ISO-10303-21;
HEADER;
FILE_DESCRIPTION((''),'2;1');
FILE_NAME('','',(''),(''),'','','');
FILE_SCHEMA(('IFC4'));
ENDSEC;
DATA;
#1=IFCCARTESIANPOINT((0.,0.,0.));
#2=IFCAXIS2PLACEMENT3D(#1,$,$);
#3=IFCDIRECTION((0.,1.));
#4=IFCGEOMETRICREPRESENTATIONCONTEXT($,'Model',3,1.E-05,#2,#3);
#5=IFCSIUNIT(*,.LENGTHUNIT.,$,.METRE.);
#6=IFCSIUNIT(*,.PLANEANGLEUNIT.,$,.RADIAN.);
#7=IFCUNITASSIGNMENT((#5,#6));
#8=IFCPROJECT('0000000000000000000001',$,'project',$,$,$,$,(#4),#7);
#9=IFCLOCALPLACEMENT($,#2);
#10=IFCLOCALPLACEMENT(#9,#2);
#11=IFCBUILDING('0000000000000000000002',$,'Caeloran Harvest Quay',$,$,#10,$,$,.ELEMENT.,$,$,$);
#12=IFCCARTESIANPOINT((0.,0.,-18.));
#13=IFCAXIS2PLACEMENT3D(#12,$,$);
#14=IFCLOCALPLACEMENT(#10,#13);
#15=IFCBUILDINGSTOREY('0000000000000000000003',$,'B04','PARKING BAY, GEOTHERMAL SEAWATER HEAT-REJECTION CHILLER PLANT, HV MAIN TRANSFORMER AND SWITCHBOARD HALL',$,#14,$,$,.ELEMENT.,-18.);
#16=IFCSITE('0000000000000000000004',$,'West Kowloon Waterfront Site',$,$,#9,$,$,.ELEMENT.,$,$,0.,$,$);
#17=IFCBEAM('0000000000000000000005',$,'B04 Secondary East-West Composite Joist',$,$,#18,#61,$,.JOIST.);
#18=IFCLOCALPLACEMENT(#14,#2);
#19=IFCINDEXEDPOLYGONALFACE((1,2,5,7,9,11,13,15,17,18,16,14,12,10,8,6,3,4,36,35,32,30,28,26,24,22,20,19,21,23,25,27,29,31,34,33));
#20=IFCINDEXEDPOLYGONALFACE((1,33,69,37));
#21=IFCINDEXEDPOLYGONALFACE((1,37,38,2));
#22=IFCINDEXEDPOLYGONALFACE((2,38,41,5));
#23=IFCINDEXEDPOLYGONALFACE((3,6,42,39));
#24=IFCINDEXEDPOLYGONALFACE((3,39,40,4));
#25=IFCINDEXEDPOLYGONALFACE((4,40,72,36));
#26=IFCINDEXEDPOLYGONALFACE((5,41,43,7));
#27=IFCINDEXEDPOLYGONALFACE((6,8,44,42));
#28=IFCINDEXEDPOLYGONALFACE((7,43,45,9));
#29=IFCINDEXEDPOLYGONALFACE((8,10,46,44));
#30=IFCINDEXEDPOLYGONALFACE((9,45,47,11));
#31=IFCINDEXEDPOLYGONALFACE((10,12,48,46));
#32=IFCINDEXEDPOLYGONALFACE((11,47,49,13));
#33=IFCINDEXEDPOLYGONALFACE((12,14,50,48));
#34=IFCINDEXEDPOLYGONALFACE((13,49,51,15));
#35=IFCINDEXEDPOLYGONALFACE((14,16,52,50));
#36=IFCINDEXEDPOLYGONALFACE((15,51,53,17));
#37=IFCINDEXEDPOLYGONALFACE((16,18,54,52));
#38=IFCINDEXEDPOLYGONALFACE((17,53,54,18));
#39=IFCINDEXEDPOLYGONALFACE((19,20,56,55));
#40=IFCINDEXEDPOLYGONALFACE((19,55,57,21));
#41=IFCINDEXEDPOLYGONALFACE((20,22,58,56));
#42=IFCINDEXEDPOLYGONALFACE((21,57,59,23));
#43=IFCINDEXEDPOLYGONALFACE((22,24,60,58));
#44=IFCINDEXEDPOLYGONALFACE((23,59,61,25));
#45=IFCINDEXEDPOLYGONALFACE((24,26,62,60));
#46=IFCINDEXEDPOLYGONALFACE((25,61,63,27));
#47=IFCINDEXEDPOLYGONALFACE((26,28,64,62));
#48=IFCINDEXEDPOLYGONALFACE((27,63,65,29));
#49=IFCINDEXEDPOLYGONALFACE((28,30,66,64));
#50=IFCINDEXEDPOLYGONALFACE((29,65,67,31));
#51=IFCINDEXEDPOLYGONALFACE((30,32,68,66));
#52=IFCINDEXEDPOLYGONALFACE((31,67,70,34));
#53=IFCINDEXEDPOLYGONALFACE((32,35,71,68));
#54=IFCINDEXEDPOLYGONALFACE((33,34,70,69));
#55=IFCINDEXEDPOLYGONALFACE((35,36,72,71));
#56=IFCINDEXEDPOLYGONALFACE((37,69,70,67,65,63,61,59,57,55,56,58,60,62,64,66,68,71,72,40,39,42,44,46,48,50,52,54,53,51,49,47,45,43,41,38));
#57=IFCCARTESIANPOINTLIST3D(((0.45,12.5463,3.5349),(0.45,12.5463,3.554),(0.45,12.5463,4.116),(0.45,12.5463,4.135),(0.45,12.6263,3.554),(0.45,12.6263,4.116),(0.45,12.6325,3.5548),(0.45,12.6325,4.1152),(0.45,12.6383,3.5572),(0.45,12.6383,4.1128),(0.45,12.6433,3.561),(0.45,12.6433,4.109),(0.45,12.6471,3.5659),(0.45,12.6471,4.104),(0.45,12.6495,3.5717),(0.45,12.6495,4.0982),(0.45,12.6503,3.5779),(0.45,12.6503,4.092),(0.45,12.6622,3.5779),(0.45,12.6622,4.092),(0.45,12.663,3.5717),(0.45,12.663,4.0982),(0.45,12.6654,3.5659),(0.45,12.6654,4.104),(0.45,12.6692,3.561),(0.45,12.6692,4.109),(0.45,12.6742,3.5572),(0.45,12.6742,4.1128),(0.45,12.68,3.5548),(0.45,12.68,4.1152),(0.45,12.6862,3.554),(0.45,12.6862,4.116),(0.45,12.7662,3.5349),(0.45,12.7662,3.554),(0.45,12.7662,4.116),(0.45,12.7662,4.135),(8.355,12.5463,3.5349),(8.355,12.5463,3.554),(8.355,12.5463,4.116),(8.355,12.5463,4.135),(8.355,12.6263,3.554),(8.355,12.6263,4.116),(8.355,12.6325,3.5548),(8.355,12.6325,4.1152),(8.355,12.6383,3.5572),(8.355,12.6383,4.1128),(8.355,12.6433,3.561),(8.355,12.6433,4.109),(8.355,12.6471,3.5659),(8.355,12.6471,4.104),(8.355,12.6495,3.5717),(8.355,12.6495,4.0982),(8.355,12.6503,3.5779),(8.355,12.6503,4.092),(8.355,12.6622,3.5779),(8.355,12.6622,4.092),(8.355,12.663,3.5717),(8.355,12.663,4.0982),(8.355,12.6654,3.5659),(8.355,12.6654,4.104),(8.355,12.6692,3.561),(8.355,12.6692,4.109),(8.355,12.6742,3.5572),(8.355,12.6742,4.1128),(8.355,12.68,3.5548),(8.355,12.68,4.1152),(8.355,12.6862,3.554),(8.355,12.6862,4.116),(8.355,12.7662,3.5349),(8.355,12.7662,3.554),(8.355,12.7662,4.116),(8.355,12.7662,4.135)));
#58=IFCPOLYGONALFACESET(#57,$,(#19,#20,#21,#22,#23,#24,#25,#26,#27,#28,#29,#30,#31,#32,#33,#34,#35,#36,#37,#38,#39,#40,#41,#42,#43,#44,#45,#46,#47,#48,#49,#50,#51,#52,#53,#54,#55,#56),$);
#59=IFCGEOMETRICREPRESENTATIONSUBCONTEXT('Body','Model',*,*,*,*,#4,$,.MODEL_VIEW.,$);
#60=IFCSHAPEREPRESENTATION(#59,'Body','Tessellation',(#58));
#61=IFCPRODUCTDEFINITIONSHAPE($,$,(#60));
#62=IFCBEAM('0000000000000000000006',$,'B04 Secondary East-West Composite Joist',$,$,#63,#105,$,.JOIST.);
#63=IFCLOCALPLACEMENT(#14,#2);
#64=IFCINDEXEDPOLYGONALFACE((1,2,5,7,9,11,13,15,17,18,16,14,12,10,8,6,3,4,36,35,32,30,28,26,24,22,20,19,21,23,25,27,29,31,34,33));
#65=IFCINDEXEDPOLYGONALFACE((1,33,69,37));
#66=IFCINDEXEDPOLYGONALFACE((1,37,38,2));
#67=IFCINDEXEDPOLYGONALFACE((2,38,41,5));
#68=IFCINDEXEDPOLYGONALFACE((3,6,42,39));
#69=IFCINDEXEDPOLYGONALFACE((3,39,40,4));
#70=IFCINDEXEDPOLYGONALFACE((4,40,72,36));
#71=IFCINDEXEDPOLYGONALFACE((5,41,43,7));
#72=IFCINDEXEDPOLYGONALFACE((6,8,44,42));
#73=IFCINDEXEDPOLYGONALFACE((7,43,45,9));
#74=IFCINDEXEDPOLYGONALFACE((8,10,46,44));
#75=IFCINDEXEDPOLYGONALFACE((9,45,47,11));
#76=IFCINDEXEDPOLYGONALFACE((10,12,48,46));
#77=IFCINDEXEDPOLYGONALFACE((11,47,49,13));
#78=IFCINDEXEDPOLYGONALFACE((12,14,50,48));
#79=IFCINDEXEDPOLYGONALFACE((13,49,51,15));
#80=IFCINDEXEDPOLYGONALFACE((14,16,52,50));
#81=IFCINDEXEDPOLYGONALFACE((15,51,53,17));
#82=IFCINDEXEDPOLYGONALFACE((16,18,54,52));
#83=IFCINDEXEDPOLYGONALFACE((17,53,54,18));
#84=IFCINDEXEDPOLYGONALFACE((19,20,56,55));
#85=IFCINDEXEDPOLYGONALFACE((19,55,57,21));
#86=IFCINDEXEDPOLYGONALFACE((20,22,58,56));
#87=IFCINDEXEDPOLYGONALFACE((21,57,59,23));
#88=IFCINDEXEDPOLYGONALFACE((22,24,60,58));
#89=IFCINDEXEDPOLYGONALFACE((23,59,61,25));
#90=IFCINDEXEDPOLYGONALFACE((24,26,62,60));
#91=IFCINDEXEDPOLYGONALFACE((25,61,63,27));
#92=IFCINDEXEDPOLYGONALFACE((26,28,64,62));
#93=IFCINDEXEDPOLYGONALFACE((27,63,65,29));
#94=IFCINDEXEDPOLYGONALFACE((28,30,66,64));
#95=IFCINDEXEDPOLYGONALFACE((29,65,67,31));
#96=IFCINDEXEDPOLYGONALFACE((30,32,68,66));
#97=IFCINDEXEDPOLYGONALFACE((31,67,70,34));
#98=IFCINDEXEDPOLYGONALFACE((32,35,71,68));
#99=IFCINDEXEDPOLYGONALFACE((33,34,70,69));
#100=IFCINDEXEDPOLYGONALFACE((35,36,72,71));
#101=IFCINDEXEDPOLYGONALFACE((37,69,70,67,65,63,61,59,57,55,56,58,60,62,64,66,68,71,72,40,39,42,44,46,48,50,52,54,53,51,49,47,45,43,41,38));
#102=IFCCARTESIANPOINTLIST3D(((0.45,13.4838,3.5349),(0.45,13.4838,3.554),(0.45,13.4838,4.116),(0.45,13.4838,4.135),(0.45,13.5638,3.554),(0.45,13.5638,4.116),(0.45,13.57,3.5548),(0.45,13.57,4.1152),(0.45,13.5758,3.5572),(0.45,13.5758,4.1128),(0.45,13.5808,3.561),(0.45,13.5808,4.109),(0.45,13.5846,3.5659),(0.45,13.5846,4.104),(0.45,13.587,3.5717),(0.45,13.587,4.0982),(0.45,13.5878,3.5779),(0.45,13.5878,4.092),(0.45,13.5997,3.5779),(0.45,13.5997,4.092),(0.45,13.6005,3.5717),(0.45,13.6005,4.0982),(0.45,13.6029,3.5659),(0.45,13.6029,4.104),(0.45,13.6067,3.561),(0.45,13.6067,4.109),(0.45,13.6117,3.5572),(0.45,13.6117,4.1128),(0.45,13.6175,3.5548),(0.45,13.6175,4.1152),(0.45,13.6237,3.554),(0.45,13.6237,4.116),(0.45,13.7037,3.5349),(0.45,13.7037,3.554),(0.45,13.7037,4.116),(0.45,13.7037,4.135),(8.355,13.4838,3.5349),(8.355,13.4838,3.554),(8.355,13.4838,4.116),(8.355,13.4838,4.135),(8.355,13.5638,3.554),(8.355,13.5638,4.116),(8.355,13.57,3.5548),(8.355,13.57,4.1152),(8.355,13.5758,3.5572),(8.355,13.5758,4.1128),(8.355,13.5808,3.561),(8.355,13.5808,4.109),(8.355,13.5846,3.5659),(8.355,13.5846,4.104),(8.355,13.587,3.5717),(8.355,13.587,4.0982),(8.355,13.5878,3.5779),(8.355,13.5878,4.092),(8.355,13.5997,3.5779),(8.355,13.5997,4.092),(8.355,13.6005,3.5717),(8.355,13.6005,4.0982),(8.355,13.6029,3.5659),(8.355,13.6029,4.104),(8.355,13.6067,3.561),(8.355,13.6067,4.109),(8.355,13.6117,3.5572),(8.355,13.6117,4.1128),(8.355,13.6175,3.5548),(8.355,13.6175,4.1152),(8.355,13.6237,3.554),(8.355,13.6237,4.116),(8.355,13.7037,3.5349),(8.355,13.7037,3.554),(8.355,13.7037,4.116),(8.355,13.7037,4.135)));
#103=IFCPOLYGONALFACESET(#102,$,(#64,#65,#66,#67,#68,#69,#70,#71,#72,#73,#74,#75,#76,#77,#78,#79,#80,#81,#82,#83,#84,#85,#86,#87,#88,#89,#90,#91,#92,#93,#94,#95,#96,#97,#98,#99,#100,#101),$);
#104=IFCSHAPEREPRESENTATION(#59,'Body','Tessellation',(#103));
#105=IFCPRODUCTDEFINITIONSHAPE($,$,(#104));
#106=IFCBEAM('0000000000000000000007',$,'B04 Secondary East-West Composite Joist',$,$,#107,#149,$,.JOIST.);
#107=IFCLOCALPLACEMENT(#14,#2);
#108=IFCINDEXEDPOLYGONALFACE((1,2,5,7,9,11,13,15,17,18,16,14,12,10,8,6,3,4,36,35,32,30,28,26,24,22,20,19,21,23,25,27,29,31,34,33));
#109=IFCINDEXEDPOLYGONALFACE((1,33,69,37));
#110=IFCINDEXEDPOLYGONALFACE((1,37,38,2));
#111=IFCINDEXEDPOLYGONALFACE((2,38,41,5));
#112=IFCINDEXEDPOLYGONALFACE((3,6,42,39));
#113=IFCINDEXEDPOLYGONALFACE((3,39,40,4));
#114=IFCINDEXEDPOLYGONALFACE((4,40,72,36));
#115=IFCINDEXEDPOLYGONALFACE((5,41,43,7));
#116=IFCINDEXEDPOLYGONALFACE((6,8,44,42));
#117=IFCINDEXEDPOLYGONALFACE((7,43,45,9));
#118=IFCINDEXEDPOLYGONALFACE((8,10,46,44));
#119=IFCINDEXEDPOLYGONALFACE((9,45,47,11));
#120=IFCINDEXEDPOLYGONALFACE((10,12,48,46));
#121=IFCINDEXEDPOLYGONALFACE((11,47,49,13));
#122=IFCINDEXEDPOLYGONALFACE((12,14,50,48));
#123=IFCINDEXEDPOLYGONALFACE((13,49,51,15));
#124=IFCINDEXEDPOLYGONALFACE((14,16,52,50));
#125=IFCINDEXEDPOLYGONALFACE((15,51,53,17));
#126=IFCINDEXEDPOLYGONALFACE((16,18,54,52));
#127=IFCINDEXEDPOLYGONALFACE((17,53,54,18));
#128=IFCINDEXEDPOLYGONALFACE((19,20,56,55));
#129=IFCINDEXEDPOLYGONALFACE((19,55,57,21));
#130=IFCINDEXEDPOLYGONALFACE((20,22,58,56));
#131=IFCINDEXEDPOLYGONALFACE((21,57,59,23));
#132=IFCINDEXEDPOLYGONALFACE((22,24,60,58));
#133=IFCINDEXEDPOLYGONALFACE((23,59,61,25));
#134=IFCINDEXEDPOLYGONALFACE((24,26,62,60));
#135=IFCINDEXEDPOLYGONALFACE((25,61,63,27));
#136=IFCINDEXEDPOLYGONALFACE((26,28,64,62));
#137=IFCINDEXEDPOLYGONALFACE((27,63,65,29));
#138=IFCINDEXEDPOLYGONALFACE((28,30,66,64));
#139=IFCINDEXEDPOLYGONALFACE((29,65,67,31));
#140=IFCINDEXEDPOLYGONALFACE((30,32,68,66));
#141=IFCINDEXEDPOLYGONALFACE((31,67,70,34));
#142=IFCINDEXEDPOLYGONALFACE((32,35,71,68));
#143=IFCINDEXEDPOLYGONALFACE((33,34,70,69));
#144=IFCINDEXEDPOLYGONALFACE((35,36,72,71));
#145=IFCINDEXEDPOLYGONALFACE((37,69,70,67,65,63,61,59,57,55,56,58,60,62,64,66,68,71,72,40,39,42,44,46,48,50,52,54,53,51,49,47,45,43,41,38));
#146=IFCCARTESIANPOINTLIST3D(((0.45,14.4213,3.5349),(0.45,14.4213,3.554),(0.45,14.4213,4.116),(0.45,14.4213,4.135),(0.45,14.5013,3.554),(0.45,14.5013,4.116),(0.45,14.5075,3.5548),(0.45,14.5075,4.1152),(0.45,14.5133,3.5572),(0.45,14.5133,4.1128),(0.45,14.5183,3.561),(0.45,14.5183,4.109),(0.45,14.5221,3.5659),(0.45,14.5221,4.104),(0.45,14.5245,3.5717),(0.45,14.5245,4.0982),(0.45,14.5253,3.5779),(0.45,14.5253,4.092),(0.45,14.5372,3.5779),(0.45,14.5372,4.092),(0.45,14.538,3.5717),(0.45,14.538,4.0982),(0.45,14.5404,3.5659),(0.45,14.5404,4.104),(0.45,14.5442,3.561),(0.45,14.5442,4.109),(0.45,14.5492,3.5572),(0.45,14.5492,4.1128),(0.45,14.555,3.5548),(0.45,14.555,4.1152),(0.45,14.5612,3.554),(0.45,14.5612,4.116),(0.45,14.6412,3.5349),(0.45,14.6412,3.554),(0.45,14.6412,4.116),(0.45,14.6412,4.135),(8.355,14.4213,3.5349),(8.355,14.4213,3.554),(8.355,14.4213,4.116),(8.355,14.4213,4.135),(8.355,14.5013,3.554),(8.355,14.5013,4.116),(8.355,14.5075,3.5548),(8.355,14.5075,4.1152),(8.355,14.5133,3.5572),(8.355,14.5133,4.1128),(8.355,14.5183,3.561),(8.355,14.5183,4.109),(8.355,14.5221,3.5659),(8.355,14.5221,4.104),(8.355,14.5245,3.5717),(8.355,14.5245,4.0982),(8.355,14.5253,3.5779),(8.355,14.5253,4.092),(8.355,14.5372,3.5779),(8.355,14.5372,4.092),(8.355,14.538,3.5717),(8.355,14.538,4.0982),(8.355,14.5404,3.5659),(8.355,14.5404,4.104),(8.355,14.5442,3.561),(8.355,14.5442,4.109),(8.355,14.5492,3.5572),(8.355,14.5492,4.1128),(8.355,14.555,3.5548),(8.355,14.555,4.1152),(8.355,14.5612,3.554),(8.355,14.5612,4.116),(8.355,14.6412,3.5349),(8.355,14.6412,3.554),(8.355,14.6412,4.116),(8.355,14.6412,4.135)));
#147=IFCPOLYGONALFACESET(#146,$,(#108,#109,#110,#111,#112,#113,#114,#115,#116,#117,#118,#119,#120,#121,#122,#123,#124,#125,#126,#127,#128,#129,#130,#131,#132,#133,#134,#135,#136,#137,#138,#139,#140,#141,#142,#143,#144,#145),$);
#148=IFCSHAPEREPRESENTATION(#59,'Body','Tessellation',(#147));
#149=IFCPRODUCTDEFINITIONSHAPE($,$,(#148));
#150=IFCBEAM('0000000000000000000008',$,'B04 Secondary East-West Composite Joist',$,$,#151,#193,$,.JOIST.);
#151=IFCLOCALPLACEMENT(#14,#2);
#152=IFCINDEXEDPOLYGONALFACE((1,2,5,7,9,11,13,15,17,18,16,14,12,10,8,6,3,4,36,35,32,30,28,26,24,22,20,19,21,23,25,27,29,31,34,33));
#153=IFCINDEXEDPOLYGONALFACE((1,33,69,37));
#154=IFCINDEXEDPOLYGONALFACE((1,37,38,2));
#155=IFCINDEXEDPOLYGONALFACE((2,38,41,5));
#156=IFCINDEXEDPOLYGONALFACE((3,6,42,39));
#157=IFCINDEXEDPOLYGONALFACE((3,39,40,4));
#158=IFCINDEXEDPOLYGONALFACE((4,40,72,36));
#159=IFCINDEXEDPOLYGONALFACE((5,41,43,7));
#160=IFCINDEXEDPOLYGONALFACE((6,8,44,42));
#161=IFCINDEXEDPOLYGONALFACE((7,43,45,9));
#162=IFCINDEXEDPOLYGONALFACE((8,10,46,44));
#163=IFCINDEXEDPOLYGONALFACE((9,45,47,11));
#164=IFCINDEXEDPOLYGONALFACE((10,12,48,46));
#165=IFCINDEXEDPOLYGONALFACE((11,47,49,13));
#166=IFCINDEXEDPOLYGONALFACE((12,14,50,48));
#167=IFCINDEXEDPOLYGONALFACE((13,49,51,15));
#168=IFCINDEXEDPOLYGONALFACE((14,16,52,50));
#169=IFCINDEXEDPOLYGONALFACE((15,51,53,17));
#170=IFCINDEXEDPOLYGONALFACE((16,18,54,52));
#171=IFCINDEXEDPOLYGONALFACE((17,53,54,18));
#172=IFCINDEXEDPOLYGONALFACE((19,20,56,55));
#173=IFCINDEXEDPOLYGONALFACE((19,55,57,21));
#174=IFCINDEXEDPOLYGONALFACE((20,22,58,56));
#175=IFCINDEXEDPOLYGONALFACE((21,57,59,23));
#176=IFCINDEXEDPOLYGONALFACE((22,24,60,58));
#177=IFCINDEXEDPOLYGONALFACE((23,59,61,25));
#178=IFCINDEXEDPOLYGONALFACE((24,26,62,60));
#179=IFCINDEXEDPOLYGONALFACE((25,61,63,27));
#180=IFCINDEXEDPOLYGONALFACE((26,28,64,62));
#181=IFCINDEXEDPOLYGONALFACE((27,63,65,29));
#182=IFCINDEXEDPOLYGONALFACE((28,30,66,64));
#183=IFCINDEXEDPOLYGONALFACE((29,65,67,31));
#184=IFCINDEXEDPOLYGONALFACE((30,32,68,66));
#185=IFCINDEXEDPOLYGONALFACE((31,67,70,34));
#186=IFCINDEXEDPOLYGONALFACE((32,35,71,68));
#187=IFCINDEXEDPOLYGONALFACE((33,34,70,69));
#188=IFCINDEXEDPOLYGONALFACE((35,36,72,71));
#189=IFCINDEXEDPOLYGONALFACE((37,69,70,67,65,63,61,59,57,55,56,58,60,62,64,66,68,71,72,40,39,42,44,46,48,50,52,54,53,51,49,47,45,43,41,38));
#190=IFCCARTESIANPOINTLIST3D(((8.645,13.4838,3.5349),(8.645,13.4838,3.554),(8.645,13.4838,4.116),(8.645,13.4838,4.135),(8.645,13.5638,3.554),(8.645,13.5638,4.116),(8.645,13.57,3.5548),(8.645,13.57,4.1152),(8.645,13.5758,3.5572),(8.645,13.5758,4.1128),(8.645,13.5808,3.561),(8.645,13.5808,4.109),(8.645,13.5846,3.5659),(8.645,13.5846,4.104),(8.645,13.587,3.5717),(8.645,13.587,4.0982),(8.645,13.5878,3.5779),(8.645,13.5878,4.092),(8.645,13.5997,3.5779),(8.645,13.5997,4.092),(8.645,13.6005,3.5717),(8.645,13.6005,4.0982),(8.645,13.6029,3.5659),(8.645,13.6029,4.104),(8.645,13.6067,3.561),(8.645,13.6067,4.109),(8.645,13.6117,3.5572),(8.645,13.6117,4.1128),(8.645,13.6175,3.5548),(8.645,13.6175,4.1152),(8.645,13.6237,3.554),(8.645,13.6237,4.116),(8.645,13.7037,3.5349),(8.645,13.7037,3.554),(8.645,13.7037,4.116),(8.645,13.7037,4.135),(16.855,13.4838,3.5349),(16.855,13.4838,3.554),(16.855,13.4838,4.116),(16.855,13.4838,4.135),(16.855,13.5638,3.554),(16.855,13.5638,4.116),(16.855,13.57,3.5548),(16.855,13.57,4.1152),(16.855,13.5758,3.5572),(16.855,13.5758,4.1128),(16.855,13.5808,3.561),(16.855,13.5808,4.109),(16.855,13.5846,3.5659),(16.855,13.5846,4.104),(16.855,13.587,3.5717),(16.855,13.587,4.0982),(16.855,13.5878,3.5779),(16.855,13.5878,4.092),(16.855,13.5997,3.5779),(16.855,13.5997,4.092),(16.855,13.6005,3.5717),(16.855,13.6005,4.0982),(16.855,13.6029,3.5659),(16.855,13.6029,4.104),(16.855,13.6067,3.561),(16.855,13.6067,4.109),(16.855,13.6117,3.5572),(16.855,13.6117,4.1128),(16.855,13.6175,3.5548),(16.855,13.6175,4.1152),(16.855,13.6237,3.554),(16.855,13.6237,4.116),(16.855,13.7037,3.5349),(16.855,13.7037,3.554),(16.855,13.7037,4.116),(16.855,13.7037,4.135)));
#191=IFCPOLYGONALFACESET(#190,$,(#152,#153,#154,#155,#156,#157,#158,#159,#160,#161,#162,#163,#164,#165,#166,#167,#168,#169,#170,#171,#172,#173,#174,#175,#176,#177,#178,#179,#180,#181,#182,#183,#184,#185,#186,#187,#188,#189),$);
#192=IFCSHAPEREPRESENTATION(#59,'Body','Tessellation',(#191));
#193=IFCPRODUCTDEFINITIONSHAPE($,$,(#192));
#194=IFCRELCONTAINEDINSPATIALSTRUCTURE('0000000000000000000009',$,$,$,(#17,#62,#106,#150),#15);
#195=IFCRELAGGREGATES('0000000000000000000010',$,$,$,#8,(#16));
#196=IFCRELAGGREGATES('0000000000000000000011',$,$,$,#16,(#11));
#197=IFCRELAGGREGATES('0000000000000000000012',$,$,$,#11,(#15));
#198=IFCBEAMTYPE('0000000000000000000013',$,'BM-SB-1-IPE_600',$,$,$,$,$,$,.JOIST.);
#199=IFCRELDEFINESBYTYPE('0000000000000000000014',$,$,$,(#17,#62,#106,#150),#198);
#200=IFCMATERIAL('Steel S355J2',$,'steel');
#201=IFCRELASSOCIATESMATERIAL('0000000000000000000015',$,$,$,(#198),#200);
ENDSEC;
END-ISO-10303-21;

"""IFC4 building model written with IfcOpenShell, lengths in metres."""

from ifc_helpers import new_model, si_unit, direction, frame, origin, origin_2d, place, context, subcontext, project, spatial, i_section, extrude, material, material_profile, profile_set, type_object, element, save


model = new_model("IFC4")

# Units and contexts
model_context = context("Model", 3, precision=1e-05, world=origin(), true_north=direction((0.0, 1.0)))
body_context = subcontext(model_context, "Body", "Model", "MODEL_VIEW")
ifc_project = project(units=[si_unit("LENGTHUNIT", "METRE"), si_unit("PLANEANGLEUNIT", "RADIAN")], contexts=[model_context])

# Site, building, storey
site_placement = place(None, origin())
site = spatial("IfcSite", under=ifc_project, at=site_placement, Name="West Kowloon Waterfront Site", CompositionType="ELEMENT", RefElevation=0.0)
building_placement = place(site_placement, origin())
building = spatial("IfcBuilding", under=site, at=building_placement, Name="Caeloran Harvest Quay", CompositionType="ELEMENT")
storey_placement = place(building_placement, frame((0.0, 0.0, -18.0)))
storey = spatial("IfcBuildingStorey", under=building, at=storey_placement, Name="B04", Description="PARKING BAY, GEOTHERMAL SEAWATER HEAT-REJECTION CHILLER PLANT, HV MAIN TRANSFORMER AND SWITCHBOARD HALL", CompositionType="ELEMENT", Elevation=-18.0)

# Beams
ifc_material_1 = material(Name="Steel S355J2", Category="steel")
ifc_material_profile_1 = material_profile(ifc_material_1, i_section(OverallWidth=0.22, OverallDepth=0.6001, WebThickness=0.012, FlangeThickness=0.019, FilletRadius=0.0239, at=origin_2d()), Name="IPE 600")
ifc_profile_set_1 = profile_set([ifc_material_profile_1], Name="Steel S355J2")
beam_type_1 = type_object("IfcBeamType", Name="BM-SB-1-IPE_600", PredefinedType="JOIST", material=ifc_profile_set_1)
for number, where, z_axis, x_axis, name in (
    (1, (0.45, 12.6562, 3.835), (1.0, 0.0, 0.0), (0.0, 1.0, 0.0), "B04 Secondary East-West Composite Joist"),
    (2, (0.45, 13.5938, 3.835), (1.0, 0.0, 0.0), (0.0, 1.0, 0.0), "B04 Secondary East-West Composite Joist"),
    (3, (0.45, 14.5312, 3.835), (1.0, 0.0, 0.0), (0.0, 1.0, 0.0), "B04 Secondary East-West Composite Joist"),
):
    element("IfcBeam", number, at=place(storey_placement, frame(where, z_axis=z_axis, x_axis=x_axis)), inside=storey, type_object=beam_type_1, Name=name, PredefinedType="JOIST", context=body_context, shape_type="SweptSolid", body=[
        extrude(i_section(OverallWidth=0.22, OverallDepth=0.6001, WebThickness=0.012, FlangeThickness=0.019, FilletRadius=0.0239, at=origin_2d()), origin(), (0.0, 0.0, 1.0), 7.905),
    ])
for number, where, z_axis, x_axis, name in (
    (4, (8.645, 13.5938, 3.835), (1.0, 0.0, 0.0), (0.0, 1.0, 0.0), "B04 Secondary East-West Composite Joist"),
):
    element("IfcBeam", number, at=place(storey_placement, frame(where, z_axis=z_axis, x_axis=x_axis)), inside=storey, type_object=beam_type_1, Name=name, PredefinedType="JOIST", context=body_context, shape_type="SweptSolid", body=[
        extrude(i_section(OverallWidth=0.22, OverallDepth=0.6001, WebThickness=0.012, FlangeThickness=0.019, FilletRadius=0.0239, at=origin_2d()), origin(), (0.0, 0.0, 1.0), 8.21),
    ])

save(model, "model.ifc")
